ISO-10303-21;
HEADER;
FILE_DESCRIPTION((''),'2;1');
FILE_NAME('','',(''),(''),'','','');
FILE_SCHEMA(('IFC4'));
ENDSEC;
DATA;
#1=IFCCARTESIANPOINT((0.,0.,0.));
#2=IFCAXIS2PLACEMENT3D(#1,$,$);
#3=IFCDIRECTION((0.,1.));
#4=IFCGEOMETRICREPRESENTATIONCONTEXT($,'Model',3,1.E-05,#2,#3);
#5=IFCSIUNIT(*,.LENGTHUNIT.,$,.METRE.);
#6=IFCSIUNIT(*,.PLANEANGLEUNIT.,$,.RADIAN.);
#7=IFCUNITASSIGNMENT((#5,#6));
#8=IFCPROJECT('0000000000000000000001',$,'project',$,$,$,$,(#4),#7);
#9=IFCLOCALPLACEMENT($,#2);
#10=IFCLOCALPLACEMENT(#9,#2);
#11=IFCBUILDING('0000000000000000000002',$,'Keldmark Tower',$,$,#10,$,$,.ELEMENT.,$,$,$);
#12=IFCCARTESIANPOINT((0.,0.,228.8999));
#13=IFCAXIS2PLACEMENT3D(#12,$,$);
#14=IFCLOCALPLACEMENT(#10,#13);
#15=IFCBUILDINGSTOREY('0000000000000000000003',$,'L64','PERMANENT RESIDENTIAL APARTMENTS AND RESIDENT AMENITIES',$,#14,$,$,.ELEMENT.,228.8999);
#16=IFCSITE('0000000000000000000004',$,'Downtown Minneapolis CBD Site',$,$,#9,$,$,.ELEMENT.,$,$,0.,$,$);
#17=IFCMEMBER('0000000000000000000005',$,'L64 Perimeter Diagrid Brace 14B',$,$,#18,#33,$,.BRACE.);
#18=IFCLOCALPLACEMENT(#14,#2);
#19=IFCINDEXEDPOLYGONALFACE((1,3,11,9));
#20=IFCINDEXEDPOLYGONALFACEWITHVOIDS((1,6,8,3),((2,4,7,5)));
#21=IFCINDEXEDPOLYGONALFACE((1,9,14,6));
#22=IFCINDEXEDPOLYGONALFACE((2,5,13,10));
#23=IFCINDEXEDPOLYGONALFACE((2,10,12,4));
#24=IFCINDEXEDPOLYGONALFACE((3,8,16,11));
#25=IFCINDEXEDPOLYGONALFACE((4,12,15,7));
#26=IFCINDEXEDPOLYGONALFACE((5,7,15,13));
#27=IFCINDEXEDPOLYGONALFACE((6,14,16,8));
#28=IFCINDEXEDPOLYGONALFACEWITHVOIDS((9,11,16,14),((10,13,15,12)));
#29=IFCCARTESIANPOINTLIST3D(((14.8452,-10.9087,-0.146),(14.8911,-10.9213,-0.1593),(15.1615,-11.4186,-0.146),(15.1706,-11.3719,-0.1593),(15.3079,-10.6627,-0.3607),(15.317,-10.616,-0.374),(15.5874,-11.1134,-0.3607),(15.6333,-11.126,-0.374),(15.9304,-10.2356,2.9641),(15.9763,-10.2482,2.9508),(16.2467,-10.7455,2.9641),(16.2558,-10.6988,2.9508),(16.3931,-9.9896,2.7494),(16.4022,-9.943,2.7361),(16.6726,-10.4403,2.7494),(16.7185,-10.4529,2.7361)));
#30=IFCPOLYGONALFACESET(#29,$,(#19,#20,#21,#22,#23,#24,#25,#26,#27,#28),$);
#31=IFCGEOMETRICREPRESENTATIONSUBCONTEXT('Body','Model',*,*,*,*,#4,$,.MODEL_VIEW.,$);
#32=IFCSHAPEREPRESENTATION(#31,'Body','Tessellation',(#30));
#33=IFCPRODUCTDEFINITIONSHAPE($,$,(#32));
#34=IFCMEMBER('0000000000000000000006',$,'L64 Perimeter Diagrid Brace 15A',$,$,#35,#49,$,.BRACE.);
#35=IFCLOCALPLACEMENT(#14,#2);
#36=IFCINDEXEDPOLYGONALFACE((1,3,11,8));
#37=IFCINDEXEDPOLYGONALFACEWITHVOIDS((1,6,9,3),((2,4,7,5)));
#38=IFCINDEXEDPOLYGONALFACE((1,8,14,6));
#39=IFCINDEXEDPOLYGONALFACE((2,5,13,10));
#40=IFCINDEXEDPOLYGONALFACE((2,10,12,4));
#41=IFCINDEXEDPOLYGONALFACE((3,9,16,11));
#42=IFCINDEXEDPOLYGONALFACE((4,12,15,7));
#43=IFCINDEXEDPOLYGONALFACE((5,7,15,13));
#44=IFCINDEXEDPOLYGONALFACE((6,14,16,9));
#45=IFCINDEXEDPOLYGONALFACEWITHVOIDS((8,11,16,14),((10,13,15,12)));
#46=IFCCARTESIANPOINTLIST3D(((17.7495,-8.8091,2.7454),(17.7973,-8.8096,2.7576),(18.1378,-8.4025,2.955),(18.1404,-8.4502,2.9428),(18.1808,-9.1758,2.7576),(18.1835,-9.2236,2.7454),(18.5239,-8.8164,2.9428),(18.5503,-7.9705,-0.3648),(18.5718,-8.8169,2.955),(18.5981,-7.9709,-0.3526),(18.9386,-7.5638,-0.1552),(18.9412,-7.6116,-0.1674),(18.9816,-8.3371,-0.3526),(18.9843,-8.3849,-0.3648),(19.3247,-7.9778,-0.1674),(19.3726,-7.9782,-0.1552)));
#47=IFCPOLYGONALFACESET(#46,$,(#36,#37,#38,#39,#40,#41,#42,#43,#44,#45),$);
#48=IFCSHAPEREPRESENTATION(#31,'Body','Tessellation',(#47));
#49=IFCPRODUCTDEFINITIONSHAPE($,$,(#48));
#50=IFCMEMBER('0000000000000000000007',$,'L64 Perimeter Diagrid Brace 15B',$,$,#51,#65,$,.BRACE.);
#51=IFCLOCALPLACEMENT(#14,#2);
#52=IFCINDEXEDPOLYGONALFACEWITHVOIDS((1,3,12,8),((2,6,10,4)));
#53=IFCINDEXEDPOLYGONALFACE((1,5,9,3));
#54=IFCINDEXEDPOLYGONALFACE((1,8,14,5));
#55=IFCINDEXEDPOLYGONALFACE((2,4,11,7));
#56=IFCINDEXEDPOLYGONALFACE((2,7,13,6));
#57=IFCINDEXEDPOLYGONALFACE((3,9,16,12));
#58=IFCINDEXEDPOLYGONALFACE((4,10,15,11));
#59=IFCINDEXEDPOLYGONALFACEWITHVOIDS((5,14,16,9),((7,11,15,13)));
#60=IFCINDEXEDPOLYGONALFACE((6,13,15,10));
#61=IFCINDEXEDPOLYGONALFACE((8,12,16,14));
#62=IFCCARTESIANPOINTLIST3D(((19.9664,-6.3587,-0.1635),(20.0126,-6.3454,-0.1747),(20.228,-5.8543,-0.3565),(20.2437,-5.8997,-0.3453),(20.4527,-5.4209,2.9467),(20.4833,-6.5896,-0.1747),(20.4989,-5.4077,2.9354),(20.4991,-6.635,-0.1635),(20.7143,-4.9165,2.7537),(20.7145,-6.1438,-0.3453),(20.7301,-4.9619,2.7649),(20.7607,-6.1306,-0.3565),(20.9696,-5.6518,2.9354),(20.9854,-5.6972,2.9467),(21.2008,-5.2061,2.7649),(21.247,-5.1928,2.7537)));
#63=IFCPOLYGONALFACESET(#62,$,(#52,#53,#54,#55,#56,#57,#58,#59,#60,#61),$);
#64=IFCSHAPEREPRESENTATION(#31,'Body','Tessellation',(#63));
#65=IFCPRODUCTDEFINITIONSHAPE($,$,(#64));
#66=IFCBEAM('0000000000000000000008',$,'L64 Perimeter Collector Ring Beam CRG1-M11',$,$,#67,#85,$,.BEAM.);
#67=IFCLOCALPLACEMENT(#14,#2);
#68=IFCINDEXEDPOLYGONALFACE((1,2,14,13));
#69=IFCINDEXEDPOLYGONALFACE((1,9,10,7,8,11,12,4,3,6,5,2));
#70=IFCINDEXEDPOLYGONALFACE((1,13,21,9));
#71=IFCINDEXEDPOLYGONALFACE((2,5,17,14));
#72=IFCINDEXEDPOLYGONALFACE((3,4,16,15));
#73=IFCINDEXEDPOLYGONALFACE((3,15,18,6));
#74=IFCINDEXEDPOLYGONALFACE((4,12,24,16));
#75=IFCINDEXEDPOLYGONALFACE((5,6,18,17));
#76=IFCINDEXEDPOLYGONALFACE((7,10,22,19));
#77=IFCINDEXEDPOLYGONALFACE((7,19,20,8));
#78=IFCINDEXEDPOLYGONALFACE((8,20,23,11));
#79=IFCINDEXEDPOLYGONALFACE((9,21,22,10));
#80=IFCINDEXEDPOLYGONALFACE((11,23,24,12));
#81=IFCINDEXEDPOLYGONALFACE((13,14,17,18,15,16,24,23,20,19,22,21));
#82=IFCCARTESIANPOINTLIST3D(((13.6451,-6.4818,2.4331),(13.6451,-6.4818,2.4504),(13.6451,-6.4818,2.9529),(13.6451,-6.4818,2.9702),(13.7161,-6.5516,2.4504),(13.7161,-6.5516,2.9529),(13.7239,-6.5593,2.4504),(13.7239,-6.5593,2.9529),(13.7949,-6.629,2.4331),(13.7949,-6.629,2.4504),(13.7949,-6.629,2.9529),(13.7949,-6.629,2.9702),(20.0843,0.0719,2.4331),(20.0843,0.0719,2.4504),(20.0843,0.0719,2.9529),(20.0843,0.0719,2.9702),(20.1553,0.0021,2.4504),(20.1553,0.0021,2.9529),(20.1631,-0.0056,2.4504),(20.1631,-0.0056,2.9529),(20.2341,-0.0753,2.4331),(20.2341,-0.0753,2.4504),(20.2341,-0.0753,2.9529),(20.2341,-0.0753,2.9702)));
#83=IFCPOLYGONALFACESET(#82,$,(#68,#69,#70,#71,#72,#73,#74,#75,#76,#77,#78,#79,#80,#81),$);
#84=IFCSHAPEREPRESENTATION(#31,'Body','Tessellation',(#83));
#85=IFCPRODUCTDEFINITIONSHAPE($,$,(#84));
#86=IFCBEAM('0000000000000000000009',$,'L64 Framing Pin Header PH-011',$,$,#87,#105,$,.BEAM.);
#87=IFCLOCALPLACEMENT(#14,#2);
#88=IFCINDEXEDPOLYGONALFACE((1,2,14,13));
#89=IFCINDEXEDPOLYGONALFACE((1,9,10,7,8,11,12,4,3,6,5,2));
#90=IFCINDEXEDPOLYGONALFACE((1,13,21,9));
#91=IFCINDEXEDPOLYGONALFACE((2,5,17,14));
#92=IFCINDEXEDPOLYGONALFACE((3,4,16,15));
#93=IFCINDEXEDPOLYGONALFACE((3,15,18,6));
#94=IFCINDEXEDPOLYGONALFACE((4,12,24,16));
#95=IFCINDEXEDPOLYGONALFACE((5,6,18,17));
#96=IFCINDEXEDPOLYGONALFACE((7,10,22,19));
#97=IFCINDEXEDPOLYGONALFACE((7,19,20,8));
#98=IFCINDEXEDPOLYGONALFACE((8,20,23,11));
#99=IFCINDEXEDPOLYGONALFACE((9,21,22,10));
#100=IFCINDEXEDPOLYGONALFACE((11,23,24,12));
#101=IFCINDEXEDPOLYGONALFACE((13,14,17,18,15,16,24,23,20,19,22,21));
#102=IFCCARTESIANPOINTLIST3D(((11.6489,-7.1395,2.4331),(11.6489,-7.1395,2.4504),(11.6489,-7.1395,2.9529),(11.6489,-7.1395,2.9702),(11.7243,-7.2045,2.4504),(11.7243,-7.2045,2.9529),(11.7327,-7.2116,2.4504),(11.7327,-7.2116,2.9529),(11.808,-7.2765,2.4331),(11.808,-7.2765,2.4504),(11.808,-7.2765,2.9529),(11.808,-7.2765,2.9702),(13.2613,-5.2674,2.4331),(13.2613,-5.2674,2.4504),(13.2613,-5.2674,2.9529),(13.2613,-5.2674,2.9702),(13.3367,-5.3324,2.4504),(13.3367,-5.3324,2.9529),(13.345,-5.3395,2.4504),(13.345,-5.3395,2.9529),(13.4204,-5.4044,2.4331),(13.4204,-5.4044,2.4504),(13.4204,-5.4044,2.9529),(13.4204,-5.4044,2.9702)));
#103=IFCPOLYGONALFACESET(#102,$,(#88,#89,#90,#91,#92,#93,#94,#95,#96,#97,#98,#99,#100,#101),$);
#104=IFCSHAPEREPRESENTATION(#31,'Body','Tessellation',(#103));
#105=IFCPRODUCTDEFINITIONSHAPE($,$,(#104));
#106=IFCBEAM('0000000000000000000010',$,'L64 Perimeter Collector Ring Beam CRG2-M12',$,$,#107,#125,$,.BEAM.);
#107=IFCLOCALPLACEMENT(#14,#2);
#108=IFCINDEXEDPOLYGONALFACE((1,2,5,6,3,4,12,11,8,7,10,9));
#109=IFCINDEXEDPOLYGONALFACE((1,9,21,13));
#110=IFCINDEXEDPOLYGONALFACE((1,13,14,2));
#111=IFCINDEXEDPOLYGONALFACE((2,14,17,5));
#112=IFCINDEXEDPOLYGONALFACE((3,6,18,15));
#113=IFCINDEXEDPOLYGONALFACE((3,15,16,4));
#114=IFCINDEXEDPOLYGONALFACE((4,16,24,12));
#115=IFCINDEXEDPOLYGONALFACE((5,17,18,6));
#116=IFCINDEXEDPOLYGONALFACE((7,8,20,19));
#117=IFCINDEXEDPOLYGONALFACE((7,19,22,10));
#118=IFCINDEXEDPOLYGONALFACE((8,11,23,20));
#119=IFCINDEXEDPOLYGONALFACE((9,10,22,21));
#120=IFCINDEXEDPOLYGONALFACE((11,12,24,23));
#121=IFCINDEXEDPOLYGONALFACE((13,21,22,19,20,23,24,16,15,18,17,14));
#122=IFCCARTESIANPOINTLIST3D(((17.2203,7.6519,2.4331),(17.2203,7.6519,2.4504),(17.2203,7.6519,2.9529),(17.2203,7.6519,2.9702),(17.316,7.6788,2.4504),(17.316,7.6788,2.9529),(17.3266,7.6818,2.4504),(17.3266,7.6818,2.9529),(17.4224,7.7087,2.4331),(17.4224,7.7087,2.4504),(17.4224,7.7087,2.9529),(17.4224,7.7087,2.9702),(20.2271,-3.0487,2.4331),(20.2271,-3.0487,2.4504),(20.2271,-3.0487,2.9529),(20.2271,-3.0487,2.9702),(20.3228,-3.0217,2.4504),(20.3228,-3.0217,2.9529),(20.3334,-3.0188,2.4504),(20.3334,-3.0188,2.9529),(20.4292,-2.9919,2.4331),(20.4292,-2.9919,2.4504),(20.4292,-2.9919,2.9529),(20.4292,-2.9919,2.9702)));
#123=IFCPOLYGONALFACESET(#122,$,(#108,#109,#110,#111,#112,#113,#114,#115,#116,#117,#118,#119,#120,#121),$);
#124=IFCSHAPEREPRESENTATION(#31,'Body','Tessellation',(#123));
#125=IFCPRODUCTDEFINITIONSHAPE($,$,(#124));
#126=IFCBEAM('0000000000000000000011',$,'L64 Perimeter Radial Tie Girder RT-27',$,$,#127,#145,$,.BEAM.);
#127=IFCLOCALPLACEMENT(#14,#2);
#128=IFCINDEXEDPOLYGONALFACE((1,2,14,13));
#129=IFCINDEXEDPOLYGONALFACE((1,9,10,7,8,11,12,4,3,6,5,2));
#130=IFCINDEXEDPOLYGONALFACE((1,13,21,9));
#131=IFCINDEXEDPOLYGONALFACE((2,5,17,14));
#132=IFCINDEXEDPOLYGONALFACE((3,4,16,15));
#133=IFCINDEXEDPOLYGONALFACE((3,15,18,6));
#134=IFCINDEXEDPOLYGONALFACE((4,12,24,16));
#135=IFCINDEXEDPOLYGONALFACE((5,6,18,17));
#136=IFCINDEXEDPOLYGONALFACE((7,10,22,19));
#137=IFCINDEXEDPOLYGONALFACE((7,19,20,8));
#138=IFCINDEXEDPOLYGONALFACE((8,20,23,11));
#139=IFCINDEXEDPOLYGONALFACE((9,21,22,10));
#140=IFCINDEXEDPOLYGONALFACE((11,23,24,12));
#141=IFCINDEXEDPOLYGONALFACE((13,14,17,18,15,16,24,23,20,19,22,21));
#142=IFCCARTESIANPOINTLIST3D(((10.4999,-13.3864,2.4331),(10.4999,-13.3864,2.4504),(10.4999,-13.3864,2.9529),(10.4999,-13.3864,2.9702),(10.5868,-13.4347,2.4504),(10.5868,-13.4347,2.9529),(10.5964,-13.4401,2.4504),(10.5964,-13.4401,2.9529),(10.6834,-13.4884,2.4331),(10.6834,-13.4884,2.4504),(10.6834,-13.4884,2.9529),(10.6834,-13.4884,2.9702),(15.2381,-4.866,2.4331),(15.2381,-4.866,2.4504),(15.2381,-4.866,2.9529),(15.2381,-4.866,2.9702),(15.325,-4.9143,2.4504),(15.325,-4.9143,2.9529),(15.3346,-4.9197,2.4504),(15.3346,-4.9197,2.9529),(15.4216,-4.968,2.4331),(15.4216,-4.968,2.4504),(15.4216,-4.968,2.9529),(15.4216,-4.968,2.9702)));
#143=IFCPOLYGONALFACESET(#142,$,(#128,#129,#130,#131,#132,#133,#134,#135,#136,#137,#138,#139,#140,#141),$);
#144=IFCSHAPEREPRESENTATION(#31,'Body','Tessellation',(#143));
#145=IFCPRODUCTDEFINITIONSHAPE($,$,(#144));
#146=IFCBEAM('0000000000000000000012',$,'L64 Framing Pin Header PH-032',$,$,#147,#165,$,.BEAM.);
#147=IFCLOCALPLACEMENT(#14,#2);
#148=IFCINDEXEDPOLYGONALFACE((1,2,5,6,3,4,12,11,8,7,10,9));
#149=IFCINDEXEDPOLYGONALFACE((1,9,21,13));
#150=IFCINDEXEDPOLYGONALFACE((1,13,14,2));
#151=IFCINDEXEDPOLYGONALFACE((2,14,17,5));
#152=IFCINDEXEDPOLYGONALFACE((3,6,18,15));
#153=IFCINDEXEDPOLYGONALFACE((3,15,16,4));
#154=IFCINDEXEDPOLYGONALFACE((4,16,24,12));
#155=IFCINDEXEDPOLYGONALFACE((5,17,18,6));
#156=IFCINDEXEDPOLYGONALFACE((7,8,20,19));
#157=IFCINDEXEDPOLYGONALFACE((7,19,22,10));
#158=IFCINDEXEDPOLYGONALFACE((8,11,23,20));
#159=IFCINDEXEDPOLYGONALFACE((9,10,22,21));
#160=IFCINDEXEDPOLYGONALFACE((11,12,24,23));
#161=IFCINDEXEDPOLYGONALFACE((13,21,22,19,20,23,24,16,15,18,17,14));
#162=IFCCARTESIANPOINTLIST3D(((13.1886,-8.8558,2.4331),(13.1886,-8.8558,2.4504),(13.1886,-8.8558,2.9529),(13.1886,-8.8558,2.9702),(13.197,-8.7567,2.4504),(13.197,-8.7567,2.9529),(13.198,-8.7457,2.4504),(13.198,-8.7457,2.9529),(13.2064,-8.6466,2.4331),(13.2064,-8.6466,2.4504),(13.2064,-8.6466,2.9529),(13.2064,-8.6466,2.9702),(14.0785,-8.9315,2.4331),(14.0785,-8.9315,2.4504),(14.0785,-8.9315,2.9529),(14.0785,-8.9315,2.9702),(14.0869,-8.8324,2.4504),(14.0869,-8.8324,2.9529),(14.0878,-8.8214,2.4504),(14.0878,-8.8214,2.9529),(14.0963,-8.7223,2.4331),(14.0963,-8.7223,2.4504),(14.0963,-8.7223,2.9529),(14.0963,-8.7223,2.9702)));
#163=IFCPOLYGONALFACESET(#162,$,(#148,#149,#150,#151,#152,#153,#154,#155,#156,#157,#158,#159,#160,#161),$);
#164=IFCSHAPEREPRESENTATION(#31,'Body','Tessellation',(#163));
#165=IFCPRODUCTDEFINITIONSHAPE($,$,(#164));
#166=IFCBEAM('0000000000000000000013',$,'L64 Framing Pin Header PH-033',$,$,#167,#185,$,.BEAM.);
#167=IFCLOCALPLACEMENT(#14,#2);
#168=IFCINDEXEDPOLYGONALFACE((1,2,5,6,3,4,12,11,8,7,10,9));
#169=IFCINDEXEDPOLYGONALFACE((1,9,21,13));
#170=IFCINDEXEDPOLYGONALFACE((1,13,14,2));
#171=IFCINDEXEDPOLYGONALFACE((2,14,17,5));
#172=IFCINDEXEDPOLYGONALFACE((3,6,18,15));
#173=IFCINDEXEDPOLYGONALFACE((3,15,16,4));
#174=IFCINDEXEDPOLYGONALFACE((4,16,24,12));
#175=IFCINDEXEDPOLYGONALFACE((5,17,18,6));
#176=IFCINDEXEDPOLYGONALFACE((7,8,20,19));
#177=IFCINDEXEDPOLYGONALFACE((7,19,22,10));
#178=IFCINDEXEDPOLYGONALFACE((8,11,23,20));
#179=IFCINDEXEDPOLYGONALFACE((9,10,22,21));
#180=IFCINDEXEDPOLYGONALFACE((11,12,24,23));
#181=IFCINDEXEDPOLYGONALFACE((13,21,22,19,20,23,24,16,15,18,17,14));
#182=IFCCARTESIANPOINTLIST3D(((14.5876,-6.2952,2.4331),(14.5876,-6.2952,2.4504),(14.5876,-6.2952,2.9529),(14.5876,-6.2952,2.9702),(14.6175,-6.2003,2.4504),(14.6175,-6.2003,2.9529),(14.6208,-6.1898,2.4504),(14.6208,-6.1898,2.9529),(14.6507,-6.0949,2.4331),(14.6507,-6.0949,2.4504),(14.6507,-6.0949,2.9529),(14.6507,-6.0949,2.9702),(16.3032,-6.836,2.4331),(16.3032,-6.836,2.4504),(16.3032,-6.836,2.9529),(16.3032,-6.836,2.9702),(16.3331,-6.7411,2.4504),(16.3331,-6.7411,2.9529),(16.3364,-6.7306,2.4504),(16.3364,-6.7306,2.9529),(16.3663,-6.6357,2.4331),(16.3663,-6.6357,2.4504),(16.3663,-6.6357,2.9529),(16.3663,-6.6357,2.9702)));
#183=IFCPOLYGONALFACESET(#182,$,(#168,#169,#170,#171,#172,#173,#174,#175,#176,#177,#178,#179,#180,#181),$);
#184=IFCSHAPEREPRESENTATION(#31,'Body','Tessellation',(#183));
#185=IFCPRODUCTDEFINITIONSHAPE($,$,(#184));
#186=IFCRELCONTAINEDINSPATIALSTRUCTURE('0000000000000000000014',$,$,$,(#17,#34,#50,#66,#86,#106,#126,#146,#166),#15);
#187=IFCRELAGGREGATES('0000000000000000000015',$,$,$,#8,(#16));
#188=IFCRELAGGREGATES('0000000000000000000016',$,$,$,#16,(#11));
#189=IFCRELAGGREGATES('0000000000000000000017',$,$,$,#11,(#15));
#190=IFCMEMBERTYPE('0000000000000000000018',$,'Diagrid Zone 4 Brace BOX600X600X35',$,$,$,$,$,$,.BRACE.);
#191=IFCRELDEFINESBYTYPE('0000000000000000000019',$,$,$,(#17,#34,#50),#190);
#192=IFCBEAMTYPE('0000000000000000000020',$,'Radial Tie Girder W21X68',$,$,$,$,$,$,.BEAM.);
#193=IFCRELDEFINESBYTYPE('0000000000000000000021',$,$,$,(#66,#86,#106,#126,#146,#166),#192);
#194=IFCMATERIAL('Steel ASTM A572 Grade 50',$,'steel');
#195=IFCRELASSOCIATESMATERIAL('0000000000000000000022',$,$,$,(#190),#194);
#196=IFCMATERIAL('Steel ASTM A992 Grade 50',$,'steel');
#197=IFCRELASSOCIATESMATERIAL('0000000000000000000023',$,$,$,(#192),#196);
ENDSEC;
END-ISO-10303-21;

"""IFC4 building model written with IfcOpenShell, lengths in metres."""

from ifc_helpers import new_model, si_unit, direction, frame, origin, origin_2d, place, context, subcontext, project, spatial, hollow_rectangle, i_section, extrude, material, material_profile, profile_set, type_object, element, save


model = new_model("IFC4")

# Units and contexts
model_context = context("Model", 3, precision=1e-05, world=origin(), true_north=direction((0.0, 1.0)))
body_context = subcontext(model_context, "Body", "Model", "MODEL_VIEW")
ifc_project = project(units=[si_unit("LENGTHUNIT", "METRE"), si_unit("PLANEANGLEUNIT", "RADIAN")], contexts=[model_context])

# Site, building, storey
site_placement = place(None, origin())
site = spatial("IfcSite", under=ifc_project, at=site_placement, Name="Downtown Minneapolis CBD Site", CompositionType="ELEMENT", RefElevation=0.0)
building_placement = place(site_placement, origin())
building = spatial("IfcBuilding", under=site, at=building_placement, Name="Keldmark Tower", CompositionType="ELEMENT")
storey_placement = place(building_placement, frame((0.0, 0.0, 228.8999)))
storey = spatial("IfcBuildingStorey", under=building, at=storey_placement, Name="L64", Description="PERMANENT RESIDENTIAL APARTMENTS AND RESIDENT AMENITIES", CompositionType="ELEMENT", Elevation=228.8999)

# Members
ifc_material_1 = material(Name="Steel ASTM A572 Grade 50", Category="steel")
ifc_material_profile_1 = material_profile(ifc_material_1, hollow_rectangle(XDim=0.6001, YDim=0.6001, WallThickness=0.0349, at=origin_2d()), Name="BOX600X600X35")
ifc_profile_set_1 = profile_set([ifc_material_profile_1], Name="Steel ASTM A572 Grade 50")
member_type = type_object("IfcMemberType", Name="Diagrid Zone 4 Brace BOX600X600X35", PredefinedType="BRACE", material=ifc_profile_set_1)
member_1_placement = place(storey_placement, frame((15.2393, -11.0173, -0.26), z_axis=(0.322779, 0.200203, 0.925058), x_axis=(-0.527092, 0.849808, 0.0)))
element("IfcMember", 1, at=member_1_placement, inside=storey, type_object=member_type, Name="L64 Perimeter Diagrid Brace 14B", PredefinedType="BRACE", context=body_context, shape_type="SweptSolid", body=[
    extrude(hollow_rectangle(XDim=0.6001, YDim=0.6001, WallThickness=0.0349, at=origin_2d()), origin(), (0.0, 0.0, 1.0), 3.3621),
])
member_2_placement = place(storey_placement, frame((18.9614, -7.9744, -0.26), z_axis=(-0.241255, -0.252656, 0.936996), x_axis=(0.723236, -0.690601, 0.0)))
element("IfcMember", 2, at=member_2_placement, inside=storey, type_object=member_type, Name="L64 Perimeter Diagrid Brace 15A", PredefinedType="BRACE", context=body_context, shape_type="SweptSolid", body=[
    extrude(hollow_rectangle(XDim=0.6001, YDim=0.6001, WallThickness=0.0349, at=origin_2d()), origin(), (0.0, 0.0, 1.0), 3.3193),
])
member_3_placement = place(storey_placement, frame((20.3635, -6.2446, -0.26), z_axis=(0.148063, 0.285497, 0.946873), x_axis=(-0.88772, 0.460385, 0.0)))
element("IfcMember", 3, at=member_3_placement, inside=storey, type_object=member_type, Name="L64 Perimeter Diagrid Brace 15B", PredefinedType="BRACE", context=body_context, shape_type="SweptSolid", body=[
    extrude(hollow_rectangle(XDim=0.6001, YDim=0.6001, WallThickness=0.0349, at=origin_2d()), origin(), (0.0, 0.0, 1.0), 3.2847),
])

# Beams
ifc_material_2 = material(Name="Steel ASTM A992 Grade 50", Category="steel")
ifc_material_profile_2 = material_profile(ifc_material_2, i_section(OverallWidth=0.21, OverallDepth=0.5371, WebThickness=0.011, FlangeThickness=0.0173, at=origin_2d()), Name="W21X68")
ifc_profile_set_2 = profile_set([ifc_material_profile_2], Name="Steel ASTM A992 Grade 50")
beam_type_1 = type_object("IfcBeamType", Name="Radial Tie Girder W21X68", PredefinedType="BEAM", material=ifc_profile_set_2)
beam_1_placement = place(storey_placement, frame((13.72, -6.5554, 2.7017), z_axis=(0.700848, 0.713311, 0.0), x_axis=(-0.713311, 0.700848, 0.0)))
element("IfcBeam", 4, at=beam_1_placement, inside=storey, type_object=beam_type_1, Name="L64 Perimeter Collector Ring Beam CRG1-M11", PredefinedType="BEAM", context=body_context, shape_type="SweptSolid", body=[
    extrude(i_section(OverallWidth=0.21, OverallDepth=0.5371, WebThickness=0.011, FlangeThickness=0.0173, at=origin_2d()), origin(), (0.0, 0.0, 1.0), 9.1877),
])
beam_2_placement = place(storey_placement, frame((13.3408, -5.3359, 2.7017), z_axis=(-0.65258, -0.75772, 0.0), x_axis=(0.75772, -0.65258, 0.0)))
element("IfcBeam", 5, at=beam_2_placement, inside=storey, type_object=beam_type_1, Name="L64 Framing Pin Header PH-011", PredefinedType="BEAM", context=body_context, shape_type="SweptSolid", body=[
    extrude(i_section(OverallWidth=0.21, OverallDepth=0.5371, WebThickness=0.011, FlangeThickness=0.0173, at=origin_2d()), origin(), (0.0, 0.0, 1.0), 2.4707),
])
beam_3_placement = place(storey_placement, frame((20.3281, -3.0203, 2.7017), z_axis=(-0.270518, 0.962715, 0.0), x_axis=(-0.962715, -0.270518, 0.0)))
element("IfcBeam", 6, at=beam_3_placement, inside=storey, type_object=beam_type_1, Name="L64 Perimeter Collector Ring Beam CRG2-M12", PredefinedType="BEAM", context=body_context, shape_type="SweptSolid", body=[
    extrude(i_section(OverallWidth=0.21, OverallDepth=0.5371, WebThickness=0.011, FlangeThickness=0.0173, at=origin_2d()), origin(), (0.0, 0.0, 1.0), 11.115),
])
beam_4_placement = place(storey_placement, frame((15.3298, -4.917, 2.7017), z_axis=(-0.486009, -0.873954, 0.0), x_axis=(0.873954, -0.486009, 0.0)))
element("IfcBeam", 7, at=beam_4_placement, inside=storey, type_object=beam_type_1, Name="L64 Perimeter Radial Tie Girder RT-27", PredefinedType="BEAM", context=body_context, shape_type="SweptSolid", body=[
    extrude(i_section(OverallWidth=0.21, OverallDepth=0.5371, WebThickness=0.011, FlangeThickness=0.0173, at=origin_2d()), origin(), (0.0, 0.0, 1.0), 9.7493),
])
beam_5_placement = place(storey_placement, frame((13.1975, -8.7512, 2.7017), z_axis=(0.996403, -0.084742, 0.0), x_axis=(0.084742, 0.996403, 0.0)))
element("IfcBeam", 8, at=beam_5_placement, inside=storey, type_object=beam_type_1, Name="L64 Framing Pin Header PH-032", PredefinedType="BEAM", context=body_context, shape_type="SweptSolid", body=[
    extrude(i_section(OverallWidth=0.21, OverallDepth=0.5371, WebThickness=0.011, FlangeThickness=0.0173, at=origin_2d()), origin(), (0.0, 0.0, 1.0), 0.8931),
])
beam_6_placement = place(storey_placement, frame((14.6191, -6.1951, 2.7017), z_axis=(0.95374, -0.300631, 0.0), x_axis=(0.300631, 0.95374, 0.0)))
element("IfcBeam", 9, at=beam_6_placement, inside=storey, type_object=beam_type_1, Name="L64 Framing Pin Header PH-033", PredefinedType="BEAM", context=body_context, shape_type="SweptSolid", body=[
    extrude(i_section(OverallWidth=0.21, OverallDepth=0.5371, WebThickness=0.011, FlangeThickness=0.0173, at=origin_2d()), origin(), (0.0, 0.0, 1.0), 1.7988),
])

save(model, "model.ifc")
